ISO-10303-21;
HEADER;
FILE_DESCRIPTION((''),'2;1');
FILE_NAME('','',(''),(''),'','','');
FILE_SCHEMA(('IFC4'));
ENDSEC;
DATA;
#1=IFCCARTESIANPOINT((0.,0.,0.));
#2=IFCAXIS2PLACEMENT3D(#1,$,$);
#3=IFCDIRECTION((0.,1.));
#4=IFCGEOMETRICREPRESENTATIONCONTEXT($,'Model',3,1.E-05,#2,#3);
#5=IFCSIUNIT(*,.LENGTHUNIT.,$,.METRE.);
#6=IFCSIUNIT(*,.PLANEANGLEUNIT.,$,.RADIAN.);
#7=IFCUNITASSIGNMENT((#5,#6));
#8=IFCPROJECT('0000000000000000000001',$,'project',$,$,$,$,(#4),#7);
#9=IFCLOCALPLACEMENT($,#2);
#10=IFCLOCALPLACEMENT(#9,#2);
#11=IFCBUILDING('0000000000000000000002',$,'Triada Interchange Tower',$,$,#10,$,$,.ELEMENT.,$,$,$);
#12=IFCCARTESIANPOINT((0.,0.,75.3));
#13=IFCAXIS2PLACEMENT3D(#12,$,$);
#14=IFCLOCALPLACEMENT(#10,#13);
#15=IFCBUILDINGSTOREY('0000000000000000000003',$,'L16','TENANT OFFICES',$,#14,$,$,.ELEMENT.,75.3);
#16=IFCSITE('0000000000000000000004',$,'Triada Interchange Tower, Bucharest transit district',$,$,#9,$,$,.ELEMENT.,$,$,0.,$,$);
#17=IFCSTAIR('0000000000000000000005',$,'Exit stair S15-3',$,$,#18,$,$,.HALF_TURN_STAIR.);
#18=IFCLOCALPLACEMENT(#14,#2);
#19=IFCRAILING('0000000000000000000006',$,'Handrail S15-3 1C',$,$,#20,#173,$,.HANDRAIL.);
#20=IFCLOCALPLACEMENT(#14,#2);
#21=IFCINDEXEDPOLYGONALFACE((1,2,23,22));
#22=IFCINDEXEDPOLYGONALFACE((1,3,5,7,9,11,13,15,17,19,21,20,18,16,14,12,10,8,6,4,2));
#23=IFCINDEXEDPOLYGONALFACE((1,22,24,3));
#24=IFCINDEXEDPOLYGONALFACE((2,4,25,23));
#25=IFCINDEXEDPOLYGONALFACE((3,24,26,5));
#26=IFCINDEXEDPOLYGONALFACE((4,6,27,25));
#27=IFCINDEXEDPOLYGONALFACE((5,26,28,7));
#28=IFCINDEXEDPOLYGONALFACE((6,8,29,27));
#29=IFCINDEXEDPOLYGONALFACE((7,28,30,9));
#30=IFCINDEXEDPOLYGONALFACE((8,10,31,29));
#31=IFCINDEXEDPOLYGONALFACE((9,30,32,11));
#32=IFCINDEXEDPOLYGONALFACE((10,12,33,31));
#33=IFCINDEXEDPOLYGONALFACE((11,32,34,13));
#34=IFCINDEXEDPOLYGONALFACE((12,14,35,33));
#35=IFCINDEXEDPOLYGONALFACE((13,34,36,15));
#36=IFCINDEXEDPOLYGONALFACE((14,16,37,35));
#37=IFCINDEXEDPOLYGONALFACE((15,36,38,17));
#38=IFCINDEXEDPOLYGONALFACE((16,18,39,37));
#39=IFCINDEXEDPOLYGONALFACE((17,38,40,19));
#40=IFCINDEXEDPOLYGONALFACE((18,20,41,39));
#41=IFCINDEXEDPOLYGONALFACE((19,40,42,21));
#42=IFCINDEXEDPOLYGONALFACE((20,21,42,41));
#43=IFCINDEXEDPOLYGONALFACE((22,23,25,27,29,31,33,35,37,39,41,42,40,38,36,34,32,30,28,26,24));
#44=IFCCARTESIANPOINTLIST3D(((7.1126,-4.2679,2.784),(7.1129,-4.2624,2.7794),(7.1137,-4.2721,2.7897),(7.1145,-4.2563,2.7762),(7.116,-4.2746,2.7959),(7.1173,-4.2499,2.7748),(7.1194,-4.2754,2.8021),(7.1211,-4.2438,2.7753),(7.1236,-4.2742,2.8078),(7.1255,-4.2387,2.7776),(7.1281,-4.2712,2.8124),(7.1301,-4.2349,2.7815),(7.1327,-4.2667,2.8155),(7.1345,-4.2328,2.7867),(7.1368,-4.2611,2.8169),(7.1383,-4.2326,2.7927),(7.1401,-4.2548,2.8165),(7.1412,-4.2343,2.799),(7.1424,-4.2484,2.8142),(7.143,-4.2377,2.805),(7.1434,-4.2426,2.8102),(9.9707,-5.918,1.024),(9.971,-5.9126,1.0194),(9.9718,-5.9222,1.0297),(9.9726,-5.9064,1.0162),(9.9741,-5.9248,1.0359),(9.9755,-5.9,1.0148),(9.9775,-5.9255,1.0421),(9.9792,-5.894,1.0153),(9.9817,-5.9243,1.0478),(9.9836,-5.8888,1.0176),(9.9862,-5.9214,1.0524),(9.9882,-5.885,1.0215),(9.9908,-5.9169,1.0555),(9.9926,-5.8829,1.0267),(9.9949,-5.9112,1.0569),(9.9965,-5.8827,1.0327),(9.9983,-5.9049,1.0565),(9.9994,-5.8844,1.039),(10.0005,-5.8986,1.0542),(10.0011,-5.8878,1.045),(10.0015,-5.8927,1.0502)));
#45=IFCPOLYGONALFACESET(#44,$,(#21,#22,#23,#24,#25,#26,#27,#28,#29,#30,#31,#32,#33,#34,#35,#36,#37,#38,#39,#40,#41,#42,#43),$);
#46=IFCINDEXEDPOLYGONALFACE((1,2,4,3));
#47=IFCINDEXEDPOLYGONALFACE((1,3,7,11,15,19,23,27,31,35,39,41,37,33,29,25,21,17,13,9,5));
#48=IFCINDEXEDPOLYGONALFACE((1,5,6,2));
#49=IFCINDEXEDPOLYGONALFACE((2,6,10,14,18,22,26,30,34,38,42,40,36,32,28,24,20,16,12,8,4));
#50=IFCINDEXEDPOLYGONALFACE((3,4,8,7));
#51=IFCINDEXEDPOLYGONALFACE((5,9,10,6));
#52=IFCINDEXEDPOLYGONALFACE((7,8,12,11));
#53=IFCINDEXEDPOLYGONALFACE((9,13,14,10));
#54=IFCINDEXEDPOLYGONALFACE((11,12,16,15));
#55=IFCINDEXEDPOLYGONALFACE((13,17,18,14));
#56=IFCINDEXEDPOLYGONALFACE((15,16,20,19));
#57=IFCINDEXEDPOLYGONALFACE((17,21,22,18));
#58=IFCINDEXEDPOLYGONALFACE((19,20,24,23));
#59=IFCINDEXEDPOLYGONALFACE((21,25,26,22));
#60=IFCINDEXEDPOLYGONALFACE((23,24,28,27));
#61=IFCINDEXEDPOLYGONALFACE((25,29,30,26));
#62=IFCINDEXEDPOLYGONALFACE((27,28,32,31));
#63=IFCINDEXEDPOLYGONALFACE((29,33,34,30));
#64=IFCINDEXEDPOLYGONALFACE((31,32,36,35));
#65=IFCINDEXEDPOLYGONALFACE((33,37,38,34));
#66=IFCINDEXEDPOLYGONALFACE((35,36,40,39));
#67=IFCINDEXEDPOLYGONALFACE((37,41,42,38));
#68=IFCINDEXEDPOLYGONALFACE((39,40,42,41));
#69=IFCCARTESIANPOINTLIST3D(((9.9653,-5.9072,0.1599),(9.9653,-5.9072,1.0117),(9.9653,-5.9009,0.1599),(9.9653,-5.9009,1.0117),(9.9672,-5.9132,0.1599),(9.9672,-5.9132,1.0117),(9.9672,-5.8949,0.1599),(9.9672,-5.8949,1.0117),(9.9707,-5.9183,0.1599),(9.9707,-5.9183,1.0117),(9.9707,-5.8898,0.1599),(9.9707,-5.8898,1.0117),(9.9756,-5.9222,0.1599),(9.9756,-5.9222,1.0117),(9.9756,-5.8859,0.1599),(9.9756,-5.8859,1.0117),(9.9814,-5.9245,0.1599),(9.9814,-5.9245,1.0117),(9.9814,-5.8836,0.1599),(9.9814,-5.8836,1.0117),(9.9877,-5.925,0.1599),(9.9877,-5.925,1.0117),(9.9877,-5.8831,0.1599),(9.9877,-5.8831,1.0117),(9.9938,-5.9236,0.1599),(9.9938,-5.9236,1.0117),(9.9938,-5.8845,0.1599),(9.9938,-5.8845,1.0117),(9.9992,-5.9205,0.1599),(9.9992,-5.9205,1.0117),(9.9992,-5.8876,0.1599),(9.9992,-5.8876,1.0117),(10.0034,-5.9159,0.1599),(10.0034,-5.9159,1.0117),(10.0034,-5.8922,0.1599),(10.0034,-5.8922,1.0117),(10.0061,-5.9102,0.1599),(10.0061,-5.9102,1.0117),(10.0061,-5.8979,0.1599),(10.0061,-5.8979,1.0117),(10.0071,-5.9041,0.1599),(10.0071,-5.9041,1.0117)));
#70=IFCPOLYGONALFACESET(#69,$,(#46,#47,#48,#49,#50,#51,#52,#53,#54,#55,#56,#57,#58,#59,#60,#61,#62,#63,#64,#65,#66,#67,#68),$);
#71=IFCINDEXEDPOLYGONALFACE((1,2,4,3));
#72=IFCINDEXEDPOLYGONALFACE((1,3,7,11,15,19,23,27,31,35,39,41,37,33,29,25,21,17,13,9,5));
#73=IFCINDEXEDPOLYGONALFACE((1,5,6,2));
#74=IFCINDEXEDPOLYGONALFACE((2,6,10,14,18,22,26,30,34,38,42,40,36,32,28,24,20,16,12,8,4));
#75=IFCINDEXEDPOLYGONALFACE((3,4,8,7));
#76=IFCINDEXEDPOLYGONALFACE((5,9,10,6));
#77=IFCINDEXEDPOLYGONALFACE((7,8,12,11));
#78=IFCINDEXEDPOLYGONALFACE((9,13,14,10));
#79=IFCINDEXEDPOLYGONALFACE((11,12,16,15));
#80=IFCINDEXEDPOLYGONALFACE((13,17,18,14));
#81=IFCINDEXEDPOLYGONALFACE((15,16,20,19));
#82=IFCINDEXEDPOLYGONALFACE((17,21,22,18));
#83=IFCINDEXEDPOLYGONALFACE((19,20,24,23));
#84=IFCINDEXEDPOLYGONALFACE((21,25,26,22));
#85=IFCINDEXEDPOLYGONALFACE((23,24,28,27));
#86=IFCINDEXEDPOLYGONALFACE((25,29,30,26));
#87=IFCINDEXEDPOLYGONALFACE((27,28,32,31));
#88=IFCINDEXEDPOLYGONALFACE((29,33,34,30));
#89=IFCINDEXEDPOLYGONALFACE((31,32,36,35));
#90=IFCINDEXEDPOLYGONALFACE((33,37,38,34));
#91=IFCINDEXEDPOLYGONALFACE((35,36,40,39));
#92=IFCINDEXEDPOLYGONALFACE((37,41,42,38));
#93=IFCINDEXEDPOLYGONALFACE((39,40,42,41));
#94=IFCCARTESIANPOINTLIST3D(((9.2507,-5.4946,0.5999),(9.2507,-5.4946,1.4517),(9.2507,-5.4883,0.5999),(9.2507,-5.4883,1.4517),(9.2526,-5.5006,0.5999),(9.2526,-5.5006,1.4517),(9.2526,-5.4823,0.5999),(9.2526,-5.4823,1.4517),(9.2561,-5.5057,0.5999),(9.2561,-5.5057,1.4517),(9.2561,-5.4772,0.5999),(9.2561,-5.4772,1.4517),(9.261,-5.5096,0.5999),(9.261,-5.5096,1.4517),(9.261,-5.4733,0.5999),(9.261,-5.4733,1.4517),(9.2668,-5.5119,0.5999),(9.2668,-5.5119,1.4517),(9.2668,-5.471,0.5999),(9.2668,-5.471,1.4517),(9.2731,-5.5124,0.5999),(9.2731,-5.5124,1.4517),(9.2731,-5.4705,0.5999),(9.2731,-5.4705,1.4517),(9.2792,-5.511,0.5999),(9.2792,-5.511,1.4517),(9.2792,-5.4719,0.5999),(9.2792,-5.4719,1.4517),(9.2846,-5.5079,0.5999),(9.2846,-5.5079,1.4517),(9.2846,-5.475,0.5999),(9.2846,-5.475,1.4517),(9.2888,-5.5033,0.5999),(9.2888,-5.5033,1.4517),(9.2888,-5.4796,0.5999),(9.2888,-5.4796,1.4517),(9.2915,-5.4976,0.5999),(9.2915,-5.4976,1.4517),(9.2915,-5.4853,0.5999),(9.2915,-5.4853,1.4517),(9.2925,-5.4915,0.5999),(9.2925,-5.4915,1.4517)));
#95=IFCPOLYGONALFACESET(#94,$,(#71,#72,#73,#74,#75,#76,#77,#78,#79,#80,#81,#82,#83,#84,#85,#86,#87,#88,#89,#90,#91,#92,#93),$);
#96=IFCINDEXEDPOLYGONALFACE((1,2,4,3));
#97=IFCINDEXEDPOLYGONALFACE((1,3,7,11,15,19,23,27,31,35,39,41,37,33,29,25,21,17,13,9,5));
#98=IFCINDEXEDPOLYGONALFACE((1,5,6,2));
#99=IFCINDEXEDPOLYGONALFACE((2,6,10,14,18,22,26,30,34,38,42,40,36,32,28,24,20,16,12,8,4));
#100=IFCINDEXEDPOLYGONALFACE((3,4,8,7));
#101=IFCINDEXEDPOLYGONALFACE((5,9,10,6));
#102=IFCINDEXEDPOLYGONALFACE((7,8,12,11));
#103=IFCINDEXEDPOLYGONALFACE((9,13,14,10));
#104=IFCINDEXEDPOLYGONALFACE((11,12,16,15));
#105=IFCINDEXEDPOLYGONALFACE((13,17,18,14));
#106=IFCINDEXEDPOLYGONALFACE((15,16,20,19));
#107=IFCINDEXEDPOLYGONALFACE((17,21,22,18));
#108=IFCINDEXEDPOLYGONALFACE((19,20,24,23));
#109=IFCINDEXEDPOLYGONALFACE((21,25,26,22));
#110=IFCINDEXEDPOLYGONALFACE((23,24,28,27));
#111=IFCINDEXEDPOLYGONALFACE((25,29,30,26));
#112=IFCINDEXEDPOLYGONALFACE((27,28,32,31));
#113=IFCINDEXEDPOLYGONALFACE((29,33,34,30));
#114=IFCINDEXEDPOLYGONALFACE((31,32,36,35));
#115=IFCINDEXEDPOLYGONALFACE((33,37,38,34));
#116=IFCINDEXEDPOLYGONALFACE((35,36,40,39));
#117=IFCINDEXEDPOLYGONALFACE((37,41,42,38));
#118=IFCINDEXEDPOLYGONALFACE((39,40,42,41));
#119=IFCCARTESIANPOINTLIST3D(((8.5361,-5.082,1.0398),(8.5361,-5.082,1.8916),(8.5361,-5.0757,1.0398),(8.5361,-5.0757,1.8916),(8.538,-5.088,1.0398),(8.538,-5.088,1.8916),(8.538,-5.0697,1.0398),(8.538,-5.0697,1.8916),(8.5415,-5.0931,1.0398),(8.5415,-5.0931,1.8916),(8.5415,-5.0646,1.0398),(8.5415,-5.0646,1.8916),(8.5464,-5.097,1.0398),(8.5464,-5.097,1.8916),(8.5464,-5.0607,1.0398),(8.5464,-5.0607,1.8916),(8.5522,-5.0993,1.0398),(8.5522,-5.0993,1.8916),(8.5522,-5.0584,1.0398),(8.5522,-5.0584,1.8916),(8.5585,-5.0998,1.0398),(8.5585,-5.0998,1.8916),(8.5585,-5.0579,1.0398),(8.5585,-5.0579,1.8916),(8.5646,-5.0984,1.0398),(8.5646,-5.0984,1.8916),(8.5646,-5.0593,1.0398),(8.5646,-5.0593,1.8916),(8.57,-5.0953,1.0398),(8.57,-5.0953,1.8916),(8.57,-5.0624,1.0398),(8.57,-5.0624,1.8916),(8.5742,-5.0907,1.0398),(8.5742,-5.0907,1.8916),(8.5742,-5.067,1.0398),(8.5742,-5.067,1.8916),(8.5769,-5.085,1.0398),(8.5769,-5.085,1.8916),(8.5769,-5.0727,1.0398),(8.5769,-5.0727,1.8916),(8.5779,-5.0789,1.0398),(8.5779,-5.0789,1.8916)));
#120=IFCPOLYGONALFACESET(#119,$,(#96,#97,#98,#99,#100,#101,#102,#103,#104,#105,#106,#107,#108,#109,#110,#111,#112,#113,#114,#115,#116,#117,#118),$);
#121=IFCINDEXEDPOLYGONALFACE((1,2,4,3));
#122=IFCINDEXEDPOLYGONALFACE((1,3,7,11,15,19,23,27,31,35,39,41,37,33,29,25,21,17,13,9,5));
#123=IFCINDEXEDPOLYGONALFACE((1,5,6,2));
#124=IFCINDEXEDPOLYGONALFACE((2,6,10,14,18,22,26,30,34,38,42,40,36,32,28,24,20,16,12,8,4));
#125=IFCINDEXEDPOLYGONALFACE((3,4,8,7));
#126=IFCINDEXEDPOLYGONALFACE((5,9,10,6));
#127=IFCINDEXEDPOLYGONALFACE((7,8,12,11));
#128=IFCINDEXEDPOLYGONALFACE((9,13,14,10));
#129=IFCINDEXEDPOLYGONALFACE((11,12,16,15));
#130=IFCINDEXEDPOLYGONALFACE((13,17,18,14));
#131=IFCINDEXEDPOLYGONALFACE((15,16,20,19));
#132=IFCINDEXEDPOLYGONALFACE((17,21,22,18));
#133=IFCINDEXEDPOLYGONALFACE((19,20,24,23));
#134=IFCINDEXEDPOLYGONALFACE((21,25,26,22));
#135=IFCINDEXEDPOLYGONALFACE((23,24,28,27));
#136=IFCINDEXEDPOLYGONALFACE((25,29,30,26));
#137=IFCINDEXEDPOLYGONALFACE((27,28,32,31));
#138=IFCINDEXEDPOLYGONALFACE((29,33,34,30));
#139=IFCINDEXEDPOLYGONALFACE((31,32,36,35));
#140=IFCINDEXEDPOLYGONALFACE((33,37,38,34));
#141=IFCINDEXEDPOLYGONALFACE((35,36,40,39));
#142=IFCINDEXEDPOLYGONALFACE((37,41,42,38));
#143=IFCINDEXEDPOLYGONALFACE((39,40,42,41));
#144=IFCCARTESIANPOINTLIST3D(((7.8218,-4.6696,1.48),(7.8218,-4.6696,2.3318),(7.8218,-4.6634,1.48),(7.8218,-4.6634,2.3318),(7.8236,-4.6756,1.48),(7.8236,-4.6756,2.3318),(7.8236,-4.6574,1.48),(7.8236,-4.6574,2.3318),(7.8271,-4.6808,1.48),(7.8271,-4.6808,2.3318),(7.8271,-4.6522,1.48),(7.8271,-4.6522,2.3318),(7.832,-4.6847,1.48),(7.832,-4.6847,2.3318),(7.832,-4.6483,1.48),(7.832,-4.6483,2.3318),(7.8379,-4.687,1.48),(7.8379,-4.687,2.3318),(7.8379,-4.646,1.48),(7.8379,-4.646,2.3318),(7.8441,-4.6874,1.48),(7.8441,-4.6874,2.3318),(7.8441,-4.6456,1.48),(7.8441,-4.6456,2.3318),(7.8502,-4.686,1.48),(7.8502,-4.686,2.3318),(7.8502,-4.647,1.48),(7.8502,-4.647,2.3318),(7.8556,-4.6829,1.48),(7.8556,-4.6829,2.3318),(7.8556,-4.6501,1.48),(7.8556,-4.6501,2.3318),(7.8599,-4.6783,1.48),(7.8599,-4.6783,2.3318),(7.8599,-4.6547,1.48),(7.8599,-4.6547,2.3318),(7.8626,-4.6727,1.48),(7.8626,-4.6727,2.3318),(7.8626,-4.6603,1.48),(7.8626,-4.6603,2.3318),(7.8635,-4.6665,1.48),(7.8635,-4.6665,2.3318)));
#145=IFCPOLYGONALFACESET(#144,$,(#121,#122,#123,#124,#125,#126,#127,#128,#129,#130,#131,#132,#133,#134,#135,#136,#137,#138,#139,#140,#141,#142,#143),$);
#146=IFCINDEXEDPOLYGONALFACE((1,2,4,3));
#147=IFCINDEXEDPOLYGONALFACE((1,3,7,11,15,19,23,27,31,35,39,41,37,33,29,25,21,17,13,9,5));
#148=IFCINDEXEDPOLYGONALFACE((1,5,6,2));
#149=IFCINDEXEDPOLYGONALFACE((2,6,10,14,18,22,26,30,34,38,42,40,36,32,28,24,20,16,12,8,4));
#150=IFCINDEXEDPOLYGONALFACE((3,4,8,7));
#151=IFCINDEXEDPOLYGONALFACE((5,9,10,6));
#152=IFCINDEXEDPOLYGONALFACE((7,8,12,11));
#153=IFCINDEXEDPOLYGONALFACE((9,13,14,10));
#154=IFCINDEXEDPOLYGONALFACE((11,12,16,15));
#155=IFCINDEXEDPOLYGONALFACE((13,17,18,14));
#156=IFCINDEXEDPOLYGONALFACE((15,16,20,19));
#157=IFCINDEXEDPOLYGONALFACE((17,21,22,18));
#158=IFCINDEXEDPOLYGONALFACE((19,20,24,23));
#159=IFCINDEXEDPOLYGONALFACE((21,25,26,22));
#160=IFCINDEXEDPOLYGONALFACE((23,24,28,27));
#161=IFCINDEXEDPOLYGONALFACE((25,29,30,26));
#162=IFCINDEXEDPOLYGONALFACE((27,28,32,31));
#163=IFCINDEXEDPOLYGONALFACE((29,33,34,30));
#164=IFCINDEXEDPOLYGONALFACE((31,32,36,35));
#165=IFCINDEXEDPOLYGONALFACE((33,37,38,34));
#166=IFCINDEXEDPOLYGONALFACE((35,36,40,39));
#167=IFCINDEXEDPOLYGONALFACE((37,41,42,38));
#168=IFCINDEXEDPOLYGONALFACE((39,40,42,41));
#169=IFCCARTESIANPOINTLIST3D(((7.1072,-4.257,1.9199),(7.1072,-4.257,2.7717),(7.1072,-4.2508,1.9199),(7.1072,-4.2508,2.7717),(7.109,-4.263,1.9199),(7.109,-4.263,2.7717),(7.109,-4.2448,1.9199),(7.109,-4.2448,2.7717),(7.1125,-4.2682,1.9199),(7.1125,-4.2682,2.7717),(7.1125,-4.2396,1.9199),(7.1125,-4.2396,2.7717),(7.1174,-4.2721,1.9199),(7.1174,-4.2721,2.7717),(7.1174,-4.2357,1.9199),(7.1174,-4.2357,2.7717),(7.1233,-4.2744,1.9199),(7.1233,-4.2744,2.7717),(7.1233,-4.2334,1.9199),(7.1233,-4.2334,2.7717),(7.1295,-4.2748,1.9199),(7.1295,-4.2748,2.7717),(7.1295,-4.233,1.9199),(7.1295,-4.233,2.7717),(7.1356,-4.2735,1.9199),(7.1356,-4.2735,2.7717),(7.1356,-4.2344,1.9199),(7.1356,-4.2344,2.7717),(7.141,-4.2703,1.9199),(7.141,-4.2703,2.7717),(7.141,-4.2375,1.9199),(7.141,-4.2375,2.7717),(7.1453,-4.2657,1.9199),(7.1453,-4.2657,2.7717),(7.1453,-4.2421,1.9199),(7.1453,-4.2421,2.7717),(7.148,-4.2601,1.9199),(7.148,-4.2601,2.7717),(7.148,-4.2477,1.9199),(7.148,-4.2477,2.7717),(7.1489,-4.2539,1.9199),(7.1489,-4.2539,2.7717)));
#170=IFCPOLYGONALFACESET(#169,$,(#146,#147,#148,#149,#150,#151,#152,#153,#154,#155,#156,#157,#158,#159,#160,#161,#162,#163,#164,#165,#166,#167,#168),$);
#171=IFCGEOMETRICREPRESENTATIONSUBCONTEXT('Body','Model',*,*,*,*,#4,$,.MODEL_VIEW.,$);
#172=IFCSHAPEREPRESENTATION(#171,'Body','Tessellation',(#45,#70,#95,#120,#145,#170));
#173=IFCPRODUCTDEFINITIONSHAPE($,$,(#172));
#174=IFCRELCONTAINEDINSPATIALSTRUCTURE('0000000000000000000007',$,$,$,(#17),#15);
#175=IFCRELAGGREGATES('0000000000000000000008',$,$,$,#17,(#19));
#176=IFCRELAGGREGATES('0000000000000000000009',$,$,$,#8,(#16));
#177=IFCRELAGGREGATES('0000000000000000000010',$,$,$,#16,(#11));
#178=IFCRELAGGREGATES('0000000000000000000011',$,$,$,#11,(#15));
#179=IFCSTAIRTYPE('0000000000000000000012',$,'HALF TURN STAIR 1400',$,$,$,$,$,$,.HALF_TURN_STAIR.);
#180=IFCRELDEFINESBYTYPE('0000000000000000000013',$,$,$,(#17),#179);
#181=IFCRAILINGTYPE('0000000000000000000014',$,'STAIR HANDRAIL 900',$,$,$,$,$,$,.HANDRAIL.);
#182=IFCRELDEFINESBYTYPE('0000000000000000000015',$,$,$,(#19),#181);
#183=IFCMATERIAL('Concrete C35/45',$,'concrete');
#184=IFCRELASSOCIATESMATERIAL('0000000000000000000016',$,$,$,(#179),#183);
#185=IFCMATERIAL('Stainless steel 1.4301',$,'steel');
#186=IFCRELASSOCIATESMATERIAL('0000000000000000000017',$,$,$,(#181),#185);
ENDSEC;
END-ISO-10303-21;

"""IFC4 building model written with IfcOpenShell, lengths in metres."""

from ifc_helpers import new_model, si_unit, direction, frame, origin, origin_2d, place, context, subcontext, project, spatial, circle, extrude, material, type_object, element, aggregate, save


model = new_model("IFC4")

# Units and contexts
model_context = context("Model", 3, precision=1e-05, world=origin(), true_north=direction((0.0, 1.0)))
body_context = subcontext(model_context, "Body", "Model", "MODEL_VIEW")
ifc_project = project(units=[si_unit("LENGTHUNIT", "METRE"), si_unit("PLANEANGLEUNIT", "RADIAN")], contexts=[model_context])

# Site, building, storey
site_placement = place(None, origin())
site = spatial("IfcSite", under=ifc_project, at=site_placement, Name="Triada Interchange Tower, Bucharest transit district", CompositionType="ELEMENT", RefElevation=0.0)
building_placement = place(site_placement, origin())
building = spatial("IfcBuilding", under=site, at=building_placement, Name="Triada Interchange Tower", CompositionType="ELEMENT")
storey_placement = place(building_placement, frame((0.0, 0.0, 75.3)))
storey = spatial("IfcBuildingStorey", under=building, at=storey_placement, Name="L16", Description="TENANT OFFICES", CompositionType="ELEMENT", Elevation=75.3)

# Stair, railing
ifc_material_1 = material(Name="Concrete C35/45", Category="concrete")
stair_type = type_object("IfcStairType", Name="HALF TURN STAIR 1400", PredefinedType="HALF_TURN_STAIR", material=ifc_material_1)
stair_placement = place(storey_placement, origin())
stair = element("IfcStair", 1, at=stair_placement, inside=storey, type_object=stair_type, Name="Exit stair S15-3", PredefinedType="HALF_TURN_STAIR")
ifc_material_2 = material(Name="Stainless steel 1.4301", Category="steel")
railing_type = type_object("IfcRailingType", Name="STAIR HANDRAIL 900", PredefinedType="HANDRAIL", material=ifc_material_2)
railing_1_placement = place(storey_placement, frame((9.9861, -5.9041, 0.1599)))
railing_1 = element("IfcRailing", 2, at=railing_1_placement, type_object=railing_type, Name="Handrail S15-3 1C", PredefinedType="HANDRAIL", context=body_context, shape_type="SweptSolid", body=[
    extrude(circle(Radius=0.0239, at=origin_2d()), frame((0.0, 0.0, 0.876), z_axis=(-0.764156, 0.441183, 0.470556), x_axis=(-0.499998, -0.866027, 0.0)), (0.0, 0.0, 1.0), 3.7402),
    extrude(circle(Radius=0.021, at=origin_2d()), origin(), (0.0, 0.0, 1.0), 0.8518),
    extrude(circle(Radius=0.021, at=origin_2d()), frame((-0.7146, 0.4126, 0.4399)), (0.0, 0.0, 1.0), 0.8518),
    extrude(circle(Radius=0.021, at=origin_2d()), frame((-1.4292, 0.8252, 0.8799)), (0.0, 0.0, 1.0), 0.8518),
    extrude(circle(Radius=0.021, at=origin_2d()), frame((-2.1436, 1.2375, 1.3201)), (0.0, 0.0, 1.0), 0.8518),
    extrude(circle(Radius=0.021, at=origin_2d()), frame((-2.8582, 1.6501, 1.76)), (0.0, 0.0, 1.0), 0.8518),
])
aggregate(stair, [railing_1])

save(model, "model.ifc")
